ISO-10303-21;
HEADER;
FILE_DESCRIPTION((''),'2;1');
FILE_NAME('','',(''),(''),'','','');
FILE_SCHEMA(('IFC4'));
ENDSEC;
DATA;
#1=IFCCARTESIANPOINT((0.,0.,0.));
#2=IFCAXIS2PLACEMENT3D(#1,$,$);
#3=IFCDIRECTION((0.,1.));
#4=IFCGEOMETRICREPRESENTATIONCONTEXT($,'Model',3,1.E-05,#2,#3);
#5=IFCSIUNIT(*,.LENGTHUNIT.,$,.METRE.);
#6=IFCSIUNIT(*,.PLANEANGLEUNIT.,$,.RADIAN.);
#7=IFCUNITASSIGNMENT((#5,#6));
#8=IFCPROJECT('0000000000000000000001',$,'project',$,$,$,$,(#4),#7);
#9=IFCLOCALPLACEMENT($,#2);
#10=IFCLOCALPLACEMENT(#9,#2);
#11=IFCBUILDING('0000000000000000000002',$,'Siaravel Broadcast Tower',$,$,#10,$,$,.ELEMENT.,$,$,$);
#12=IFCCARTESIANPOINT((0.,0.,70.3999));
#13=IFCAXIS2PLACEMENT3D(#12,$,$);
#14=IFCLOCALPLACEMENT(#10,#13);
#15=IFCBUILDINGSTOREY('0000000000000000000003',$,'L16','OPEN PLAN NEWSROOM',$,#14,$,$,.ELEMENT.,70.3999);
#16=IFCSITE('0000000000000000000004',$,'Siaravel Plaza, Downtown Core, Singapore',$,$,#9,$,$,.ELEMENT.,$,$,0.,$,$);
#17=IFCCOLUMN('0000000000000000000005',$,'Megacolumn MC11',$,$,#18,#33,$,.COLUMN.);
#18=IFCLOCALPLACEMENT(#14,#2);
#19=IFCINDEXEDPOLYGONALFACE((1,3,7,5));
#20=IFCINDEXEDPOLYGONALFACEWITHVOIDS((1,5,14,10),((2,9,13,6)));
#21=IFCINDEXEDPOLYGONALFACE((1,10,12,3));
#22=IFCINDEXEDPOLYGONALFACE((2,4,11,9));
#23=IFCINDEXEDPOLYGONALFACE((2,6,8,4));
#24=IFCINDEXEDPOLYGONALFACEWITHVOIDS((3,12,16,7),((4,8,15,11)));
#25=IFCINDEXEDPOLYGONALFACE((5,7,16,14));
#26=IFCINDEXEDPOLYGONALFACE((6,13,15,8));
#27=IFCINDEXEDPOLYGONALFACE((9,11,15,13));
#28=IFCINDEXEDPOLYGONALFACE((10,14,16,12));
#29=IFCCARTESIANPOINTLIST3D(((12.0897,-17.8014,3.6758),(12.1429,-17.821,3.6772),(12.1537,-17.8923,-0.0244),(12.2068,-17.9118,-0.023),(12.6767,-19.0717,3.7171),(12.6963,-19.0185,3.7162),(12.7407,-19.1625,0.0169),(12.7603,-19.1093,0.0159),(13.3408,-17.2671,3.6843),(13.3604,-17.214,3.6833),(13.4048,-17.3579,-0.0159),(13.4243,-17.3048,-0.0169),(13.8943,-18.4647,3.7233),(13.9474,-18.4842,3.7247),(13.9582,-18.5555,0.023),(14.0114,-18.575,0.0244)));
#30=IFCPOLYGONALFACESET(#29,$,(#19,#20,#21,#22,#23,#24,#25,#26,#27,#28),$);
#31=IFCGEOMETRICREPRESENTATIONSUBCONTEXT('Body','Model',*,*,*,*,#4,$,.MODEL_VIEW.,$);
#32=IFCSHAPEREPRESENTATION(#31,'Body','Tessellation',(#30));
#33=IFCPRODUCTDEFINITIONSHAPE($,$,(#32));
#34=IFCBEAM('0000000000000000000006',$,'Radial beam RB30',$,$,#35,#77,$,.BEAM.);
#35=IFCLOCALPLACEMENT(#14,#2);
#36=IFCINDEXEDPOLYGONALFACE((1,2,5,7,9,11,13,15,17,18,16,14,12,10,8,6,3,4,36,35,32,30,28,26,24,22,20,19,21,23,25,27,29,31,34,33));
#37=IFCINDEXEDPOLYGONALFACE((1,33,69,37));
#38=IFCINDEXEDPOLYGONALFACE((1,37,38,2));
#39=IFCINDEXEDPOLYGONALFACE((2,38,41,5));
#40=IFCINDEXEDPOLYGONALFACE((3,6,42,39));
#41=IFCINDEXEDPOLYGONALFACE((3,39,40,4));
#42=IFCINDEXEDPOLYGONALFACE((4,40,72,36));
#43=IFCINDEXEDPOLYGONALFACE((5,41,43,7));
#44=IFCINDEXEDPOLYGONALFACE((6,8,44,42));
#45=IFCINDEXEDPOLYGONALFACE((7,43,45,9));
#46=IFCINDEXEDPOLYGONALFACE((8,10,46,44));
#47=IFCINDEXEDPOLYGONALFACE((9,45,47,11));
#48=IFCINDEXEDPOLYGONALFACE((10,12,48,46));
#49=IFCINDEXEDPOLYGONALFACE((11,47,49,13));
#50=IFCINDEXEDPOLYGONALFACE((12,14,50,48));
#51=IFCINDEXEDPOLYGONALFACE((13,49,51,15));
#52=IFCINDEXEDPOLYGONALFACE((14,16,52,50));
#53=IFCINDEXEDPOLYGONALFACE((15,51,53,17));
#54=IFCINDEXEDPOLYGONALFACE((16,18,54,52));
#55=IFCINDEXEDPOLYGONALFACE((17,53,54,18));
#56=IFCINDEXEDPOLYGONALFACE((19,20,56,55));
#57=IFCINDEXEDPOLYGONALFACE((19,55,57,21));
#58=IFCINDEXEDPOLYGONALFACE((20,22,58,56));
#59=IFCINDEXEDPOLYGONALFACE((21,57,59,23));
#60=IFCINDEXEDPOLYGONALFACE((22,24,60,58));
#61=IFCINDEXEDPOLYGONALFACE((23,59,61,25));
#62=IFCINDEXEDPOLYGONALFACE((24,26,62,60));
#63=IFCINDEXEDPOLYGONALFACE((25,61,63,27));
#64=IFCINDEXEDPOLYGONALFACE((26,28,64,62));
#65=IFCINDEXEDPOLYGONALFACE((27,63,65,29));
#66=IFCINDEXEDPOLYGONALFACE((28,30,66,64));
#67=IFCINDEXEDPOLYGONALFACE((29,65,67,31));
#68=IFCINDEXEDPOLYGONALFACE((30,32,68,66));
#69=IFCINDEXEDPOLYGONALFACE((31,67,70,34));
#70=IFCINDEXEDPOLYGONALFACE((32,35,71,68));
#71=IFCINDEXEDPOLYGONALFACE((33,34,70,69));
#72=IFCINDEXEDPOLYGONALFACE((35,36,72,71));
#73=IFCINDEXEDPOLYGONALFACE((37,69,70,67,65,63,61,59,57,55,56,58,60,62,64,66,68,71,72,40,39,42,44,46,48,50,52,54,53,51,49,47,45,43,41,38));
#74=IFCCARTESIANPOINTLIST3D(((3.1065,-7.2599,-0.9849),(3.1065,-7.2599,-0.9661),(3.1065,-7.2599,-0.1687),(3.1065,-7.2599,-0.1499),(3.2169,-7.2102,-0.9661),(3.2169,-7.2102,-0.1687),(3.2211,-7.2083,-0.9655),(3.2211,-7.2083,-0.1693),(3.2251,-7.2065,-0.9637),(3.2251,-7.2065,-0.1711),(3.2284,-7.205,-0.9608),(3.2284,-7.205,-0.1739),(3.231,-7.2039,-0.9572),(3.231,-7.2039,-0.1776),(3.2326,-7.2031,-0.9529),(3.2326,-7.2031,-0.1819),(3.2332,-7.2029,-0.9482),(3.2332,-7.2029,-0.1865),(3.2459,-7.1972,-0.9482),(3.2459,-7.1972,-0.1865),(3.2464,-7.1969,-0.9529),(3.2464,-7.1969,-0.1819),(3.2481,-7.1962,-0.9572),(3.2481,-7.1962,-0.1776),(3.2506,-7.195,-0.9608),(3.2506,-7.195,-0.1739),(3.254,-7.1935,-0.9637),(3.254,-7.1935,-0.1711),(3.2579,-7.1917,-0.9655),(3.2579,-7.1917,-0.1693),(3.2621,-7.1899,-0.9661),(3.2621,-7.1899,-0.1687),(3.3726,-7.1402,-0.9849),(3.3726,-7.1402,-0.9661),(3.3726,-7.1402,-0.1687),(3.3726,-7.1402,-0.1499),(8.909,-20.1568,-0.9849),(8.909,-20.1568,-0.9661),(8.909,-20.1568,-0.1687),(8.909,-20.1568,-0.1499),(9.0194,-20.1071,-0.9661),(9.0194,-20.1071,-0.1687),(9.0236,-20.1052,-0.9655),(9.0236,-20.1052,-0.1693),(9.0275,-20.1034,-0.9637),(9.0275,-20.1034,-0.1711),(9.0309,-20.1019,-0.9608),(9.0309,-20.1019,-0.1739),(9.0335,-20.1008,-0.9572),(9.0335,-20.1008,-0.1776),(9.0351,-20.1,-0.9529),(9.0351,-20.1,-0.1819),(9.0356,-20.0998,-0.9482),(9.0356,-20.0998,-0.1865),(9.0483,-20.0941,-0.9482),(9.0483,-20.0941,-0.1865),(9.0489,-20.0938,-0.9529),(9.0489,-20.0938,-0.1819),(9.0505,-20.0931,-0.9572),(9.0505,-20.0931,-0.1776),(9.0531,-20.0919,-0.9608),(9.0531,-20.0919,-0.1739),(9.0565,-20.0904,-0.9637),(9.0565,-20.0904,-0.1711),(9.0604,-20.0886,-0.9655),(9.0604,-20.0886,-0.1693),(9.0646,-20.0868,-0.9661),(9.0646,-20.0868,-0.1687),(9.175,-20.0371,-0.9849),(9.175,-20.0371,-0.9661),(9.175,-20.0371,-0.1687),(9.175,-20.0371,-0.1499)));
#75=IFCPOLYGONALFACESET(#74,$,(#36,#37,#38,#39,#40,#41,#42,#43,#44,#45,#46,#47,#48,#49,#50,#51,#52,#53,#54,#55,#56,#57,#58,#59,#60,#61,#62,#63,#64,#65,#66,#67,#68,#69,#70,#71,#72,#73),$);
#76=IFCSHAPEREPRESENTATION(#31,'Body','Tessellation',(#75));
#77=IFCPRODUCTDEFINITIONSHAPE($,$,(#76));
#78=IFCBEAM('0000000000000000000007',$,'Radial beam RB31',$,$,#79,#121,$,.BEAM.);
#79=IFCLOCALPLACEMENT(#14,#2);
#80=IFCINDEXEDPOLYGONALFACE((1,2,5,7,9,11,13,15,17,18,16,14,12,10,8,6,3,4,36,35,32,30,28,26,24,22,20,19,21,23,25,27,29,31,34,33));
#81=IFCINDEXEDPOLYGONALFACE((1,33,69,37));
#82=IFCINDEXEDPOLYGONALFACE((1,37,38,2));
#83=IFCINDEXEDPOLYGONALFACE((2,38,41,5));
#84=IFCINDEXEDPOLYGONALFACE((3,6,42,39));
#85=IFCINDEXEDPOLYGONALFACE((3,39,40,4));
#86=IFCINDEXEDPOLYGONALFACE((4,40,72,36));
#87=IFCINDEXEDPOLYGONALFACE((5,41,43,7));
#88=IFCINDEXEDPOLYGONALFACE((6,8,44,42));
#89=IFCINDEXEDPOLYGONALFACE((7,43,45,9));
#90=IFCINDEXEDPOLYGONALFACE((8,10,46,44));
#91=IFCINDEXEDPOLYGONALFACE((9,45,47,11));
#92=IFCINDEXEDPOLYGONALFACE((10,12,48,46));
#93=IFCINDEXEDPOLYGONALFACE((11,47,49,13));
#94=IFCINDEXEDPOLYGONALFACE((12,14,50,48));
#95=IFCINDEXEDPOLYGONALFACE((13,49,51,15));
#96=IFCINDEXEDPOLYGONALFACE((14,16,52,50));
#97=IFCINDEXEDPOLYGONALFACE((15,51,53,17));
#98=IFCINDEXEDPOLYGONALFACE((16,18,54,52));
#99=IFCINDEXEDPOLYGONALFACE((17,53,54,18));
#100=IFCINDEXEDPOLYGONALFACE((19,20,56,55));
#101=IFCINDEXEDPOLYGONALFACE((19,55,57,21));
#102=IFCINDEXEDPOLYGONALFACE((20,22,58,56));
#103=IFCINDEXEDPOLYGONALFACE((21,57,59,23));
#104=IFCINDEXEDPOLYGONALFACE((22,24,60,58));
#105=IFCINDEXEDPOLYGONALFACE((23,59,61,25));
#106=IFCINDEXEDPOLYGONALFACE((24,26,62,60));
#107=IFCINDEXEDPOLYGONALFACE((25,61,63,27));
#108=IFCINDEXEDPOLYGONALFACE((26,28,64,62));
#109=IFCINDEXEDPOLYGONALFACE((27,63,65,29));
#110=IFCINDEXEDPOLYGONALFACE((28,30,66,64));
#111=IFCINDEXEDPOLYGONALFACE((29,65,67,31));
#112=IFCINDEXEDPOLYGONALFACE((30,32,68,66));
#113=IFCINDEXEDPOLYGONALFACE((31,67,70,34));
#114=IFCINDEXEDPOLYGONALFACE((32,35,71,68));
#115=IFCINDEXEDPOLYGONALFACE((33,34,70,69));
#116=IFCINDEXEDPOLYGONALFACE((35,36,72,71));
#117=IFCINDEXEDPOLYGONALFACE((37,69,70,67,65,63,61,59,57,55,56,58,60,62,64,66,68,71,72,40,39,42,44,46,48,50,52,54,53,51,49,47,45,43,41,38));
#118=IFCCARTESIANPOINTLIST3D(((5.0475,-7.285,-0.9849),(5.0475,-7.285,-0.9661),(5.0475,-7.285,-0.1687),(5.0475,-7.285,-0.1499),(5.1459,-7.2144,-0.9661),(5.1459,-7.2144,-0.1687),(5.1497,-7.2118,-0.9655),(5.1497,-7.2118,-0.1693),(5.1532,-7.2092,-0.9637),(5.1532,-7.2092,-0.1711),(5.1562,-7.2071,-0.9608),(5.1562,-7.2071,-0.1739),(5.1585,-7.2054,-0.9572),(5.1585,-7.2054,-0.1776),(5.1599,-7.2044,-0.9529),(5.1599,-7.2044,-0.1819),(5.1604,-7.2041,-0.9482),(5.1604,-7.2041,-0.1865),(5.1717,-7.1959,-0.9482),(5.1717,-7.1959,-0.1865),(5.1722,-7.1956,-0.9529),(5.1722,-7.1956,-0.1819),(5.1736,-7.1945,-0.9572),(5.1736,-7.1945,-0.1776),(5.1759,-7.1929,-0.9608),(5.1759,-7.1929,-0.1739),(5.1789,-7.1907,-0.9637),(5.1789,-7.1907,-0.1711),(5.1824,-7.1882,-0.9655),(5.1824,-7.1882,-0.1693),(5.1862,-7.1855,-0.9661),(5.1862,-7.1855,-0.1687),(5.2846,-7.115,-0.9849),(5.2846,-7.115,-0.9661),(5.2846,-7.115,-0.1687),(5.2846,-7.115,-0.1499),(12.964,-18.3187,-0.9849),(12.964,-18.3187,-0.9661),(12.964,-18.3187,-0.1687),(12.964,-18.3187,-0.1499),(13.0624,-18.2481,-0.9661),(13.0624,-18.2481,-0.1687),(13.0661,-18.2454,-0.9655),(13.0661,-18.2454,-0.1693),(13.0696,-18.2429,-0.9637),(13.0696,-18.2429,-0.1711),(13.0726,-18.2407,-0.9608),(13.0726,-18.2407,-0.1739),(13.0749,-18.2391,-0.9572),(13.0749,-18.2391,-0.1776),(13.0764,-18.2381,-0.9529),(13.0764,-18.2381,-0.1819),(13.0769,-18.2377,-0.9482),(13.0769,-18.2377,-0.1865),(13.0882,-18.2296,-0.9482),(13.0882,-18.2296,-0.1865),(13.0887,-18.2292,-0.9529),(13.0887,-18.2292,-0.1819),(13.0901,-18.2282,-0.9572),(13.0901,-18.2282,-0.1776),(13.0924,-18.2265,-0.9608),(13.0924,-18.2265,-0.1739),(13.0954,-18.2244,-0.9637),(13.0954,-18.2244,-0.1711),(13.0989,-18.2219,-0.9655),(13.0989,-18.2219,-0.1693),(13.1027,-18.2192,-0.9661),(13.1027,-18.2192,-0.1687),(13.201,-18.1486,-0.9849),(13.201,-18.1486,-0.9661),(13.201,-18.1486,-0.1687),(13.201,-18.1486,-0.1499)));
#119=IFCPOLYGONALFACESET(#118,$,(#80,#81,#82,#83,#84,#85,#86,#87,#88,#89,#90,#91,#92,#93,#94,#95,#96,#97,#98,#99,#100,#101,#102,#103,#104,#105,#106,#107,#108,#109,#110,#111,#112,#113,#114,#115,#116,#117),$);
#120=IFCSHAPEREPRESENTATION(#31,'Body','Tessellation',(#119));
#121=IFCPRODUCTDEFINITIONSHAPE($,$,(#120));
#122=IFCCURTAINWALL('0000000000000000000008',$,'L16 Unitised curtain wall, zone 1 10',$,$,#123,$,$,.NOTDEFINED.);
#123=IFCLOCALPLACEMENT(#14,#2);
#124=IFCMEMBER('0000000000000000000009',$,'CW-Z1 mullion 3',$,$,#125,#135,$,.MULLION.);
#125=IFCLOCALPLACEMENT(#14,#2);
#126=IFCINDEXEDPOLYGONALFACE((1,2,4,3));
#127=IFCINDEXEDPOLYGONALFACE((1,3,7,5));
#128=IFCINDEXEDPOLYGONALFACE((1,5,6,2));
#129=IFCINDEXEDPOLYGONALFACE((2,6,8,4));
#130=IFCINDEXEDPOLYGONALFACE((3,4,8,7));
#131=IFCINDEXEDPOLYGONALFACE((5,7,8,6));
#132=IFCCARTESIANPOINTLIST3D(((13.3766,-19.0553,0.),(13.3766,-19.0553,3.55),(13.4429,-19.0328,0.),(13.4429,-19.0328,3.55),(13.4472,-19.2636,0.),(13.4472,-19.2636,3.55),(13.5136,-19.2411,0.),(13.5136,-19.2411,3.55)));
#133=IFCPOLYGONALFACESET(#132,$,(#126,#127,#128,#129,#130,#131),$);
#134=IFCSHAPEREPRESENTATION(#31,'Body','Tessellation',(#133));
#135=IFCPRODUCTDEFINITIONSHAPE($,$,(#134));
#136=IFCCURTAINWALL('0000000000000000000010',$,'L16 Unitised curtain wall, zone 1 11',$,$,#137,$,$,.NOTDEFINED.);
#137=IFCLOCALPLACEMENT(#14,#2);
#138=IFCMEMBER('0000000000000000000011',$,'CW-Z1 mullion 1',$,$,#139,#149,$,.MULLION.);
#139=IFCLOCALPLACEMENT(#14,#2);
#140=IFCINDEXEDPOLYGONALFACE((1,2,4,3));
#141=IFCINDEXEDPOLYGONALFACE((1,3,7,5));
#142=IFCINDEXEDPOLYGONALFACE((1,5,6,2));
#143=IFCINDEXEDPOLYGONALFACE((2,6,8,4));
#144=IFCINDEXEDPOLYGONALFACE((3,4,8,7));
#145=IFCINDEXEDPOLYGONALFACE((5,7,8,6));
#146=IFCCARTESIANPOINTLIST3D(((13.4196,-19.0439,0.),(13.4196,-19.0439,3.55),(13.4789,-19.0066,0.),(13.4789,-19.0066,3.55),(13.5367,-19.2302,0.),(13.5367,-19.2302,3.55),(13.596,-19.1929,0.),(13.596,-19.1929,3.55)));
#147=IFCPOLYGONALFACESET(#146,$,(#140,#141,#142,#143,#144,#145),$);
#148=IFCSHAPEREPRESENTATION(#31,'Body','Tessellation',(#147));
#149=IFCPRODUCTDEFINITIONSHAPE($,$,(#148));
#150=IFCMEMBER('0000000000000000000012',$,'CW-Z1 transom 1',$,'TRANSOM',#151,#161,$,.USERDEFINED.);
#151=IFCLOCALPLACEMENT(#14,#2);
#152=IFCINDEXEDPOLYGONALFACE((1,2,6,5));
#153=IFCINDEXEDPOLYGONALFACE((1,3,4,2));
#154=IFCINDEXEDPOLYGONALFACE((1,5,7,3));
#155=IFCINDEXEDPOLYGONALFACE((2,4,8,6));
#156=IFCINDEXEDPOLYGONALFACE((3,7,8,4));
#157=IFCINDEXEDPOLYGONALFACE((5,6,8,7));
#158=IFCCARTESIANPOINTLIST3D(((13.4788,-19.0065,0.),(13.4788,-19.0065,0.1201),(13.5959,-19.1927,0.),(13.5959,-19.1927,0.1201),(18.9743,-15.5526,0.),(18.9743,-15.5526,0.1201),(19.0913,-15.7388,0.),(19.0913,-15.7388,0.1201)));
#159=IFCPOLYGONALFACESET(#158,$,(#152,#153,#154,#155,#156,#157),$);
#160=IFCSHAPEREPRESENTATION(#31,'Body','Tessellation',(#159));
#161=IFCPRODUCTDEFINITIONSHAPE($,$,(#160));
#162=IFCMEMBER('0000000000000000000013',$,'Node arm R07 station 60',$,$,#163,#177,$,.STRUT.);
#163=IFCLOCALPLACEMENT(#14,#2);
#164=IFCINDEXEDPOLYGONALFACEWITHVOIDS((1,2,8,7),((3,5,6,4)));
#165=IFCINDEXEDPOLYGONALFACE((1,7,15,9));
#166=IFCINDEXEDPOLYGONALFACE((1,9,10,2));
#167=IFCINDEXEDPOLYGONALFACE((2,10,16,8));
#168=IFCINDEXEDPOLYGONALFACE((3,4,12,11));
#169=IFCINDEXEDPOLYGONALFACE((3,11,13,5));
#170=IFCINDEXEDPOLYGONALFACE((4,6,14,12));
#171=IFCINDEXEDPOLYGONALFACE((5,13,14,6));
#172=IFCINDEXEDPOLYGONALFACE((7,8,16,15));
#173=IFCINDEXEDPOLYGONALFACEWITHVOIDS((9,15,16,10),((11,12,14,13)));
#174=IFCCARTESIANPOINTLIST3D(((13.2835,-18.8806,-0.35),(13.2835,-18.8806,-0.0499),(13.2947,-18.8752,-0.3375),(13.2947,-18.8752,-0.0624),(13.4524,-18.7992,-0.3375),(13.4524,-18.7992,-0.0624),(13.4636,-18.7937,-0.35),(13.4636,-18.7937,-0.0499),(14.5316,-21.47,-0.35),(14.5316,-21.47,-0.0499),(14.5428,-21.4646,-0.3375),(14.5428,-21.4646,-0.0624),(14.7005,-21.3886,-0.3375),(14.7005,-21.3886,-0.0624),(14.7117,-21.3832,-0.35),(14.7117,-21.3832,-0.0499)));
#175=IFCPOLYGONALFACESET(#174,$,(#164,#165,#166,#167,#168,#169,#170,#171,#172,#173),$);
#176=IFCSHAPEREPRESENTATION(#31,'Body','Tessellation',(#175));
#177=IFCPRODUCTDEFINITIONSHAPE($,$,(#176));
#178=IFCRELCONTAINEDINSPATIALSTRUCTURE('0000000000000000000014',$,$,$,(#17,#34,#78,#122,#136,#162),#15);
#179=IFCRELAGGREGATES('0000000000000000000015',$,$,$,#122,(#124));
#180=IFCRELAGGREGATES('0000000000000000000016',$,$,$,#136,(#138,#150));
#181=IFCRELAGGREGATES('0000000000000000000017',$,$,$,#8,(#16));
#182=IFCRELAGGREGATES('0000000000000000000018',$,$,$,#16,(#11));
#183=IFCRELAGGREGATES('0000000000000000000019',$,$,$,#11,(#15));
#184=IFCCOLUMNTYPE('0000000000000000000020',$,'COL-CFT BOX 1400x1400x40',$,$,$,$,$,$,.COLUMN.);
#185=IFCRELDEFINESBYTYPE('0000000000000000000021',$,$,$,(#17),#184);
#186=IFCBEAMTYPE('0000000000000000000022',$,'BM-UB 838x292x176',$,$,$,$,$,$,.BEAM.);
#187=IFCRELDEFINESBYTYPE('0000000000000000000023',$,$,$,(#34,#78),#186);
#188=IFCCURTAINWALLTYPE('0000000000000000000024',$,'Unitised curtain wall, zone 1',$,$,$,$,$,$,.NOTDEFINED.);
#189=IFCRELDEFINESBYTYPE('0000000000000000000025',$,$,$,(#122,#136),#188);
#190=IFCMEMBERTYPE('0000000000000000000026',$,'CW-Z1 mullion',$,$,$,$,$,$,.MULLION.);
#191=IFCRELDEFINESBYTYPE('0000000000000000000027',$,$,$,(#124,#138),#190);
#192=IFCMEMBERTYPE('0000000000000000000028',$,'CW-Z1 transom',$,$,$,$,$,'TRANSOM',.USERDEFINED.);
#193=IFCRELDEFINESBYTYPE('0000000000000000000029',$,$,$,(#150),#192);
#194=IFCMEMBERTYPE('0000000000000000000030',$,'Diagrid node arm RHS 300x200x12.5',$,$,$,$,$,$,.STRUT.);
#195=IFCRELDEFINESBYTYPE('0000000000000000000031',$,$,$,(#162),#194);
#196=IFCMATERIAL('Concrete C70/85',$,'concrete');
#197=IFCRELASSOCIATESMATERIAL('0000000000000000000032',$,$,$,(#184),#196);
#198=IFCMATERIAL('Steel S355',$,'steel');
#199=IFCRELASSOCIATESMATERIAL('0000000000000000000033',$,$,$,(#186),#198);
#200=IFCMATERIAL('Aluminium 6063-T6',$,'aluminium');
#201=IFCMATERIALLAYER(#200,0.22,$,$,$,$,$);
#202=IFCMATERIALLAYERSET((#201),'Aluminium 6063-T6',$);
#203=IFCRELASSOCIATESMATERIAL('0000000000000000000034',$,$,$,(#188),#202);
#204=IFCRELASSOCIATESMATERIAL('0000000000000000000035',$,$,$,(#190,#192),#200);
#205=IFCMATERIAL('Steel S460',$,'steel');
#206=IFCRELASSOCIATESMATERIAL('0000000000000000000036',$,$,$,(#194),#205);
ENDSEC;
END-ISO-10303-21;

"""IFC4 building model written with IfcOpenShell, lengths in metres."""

from ifc_helpers import new_model, si_unit, direction, frame, origin, origin_2d, place, context, subcontext, project, spatial, rectangle, hollow_rectangle, i_section, extrude, material, layer, layer_set, material_profile, profile_set, type_object, element, aggregate, save


model = new_model("IFC4")

# Units and contexts
model_context = context("Model", 3, precision=1e-05, world=origin(), true_north=direction((0.0, 1.0)))
body_context = subcontext(model_context, "Body", "Model", "MODEL_VIEW")
ifc_project = project(units=[si_unit("LENGTHUNIT", "METRE"), si_unit("PLANEANGLEUNIT", "RADIAN")], contexts=[model_context])

# Site, building, storey
site_placement = place(None, origin())
site = spatial("IfcSite", under=ifc_project, at=site_placement, Name="Siaravel Plaza, Downtown Core, Singapore", CompositionType="ELEMENT", RefElevation=0.0)
building_placement = place(site_placement, origin())
building = spatial("IfcBuilding", under=site, at=building_placement, Name="Siaravel Broadcast Tower", CompositionType="ELEMENT")
storey_placement = place(building_placement, frame((0.0, 0.0, 70.3999)))
storey = spatial("IfcBuildingStorey", under=building, at=storey_placement, Name="L16", Description="OPEN PLAN NEWSROOM", CompositionType="ELEMENT", Elevation=70.3999)

# Column
ifc_material_1 = material(Name="Concrete C70/85", Category="concrete")
ifc_material_profile_1 = material_profile(ifc_material_1, hollow_rectangle(XDim=1.3999, YDim=1.3999, WallThickness=0.04, at=origin_2d()))
ifc_profile_set_1 = profile_set([ifc_material_profile_1], Name="Concrete C70/85")
column_type = type_object("IfcColumnType", Name="COL-CFT BOX 1400x1400x40", PredefinedType="COLUMN", material=ifc_profile_set_1)
column_placement = place(storey_placement, frame((13.0825, -18.2336, 0.0), z_axis=(-0.017279, 0.024534, 0.99955), x_axis=(-0.907672, -0.419646, -0.005391)))
element("IfcColumn", 1, at=column_placement, inside=storey, type_object=column_type, Name="Megacolumn MC11", PredefinedType="COLUMN", context=body_context, shape_type="SweptSolid", body=[
    extrude(hollow_rectangle(XDim=1.3999, YDim=1.3999, WallThickness=0.04, at=origin_2d()), origin(), (0.0, 0.0, 1.0), 3.7019),
])

# Beams
ifc_material_2 = material(Name="Steel S355", Category="steel")
ifc_material_profile_2 = material_profile(ifc_material_2, i_section(OverallWidth=0.2917, OverallDepth=0.835, WebThickness=0.0139, FlangeThickness=0.0188, FilletRadius=0.0178, at=origin_2d()))
ifc_profile_set_2 = profile_set([ifc_material_profile_2], Name="Steel S355")
beam_type = type_object("IfcBeamType", Name="BM-UB 838x292x176", PredefinedType="BEAM", material=ifc_profile_set_2)
beam_1_placement = place(storey_placement, frame((9.042, -20.0969, -0.5674), z_axis=(-0.410297, 0.911952, 0.0), x_axis=(-0.911952, -0.410297, 0.0)))
element("IfcBeam", 2, at=beam_1_placement, inside=storey, type_object=beam_type, Name="Radial beam RB30", PredefinedType="BEAM", context=body_context, shape_type="SweptSolid", body=[
    extrude(i_section(OverallWidth=0.2917, OverallDepth=0.835, WebThickness=0.0139, FlangeThickness=0.0188, FilletRadius=0.0178, at=origin_2d()), origin(), (0.0, 0.0, 1.0), 14.1421),
])
beam_2_placement = place(storey_placement, frame((13.0825, -18.2336, -0.5674), z_axis=(-0.582958, 0.812502, 0.0), x_axis=(-0.812502, -0.582958, 0.0)))
element("IfcBeam", 3, at=beam_2_placement, inside=storey, type_object=beam_type, Name="Radial beam RB31", PredefinedType="BEAM", context=body_context, shape_type="SweptSolid", body=[
    extrude(i_section(OverallWidth=0.2917, OverallDepth=0.835, WebThickness=0.0139, FlangeThickness=0.0188, FilletRadius=0.0178, at=origin_2d()), origin(), (0.0, 0.0, 1.0), 13.5798),
])

# Curtain wall, member
ifc_material_3 = material(Name="Aluminium 6063-T6", Category="aluminium")
ifc_layer_1 = layer(ifc_material_3, 0.22)
ifc_layer_set_1 = layer_set([ifc_layer_1], Name="Aluminium 6063-T6")
curtain_wall_type = type_object("IfcCurtainWallType", Name="Unitised curtain wall, zone 1", PredefinedType="NOTDEFINED", material=ifc_layer_set_1)
curtain_wall_1_placement = place(storey_placement, origin())
curtain_wall_1 = element("IfcCurtainWall", 4, at=curtain_wall_1_placement, inside=storey, type_object=curtain_wall_type, Name="L16 Unitised curtain wall, zone 1 10", PredefinedType="NOTDEFINED")
ifc_material_profile_3 = material_profile(ifc_material_3, rectangle(XDim=0.22, YDim=0.0701, at=origin_2d()))
ifc_profile_set_3 = profile_set([ifc_material_profile_3], Name="Aluminium 6063-T6")
member_type_1 = type_object("IfcMemberType", Name="CW-Z1 mullion", PredefinedType="MULLION", material=ifc_profile_set_3)
member_1_placement = place(storey_placement, frame((13.4451, -19.1482, 0.0), z_axis=(0.0, 0.0, 1.0), x_axis=(-0.321301, 0.946977, 0.0)))
member_1 = element("IfcMember", 5, at=member_1_placement, type_object=member_type_1, Name="CW-Z1 mullion 3", PredefinedType="MULLION", context=body_context, shape_type="SweptSolid", body=[
    extrude(rectangle(XDim=0.22, YDim=0.0701, at=origin_2d()), origin(), (0.0, 0.0, 1.0), 3.55),
])
aggregate(curtain_wall_1, [member_1])

# Curtain wall, members
curtain_wall_2_placement = place(storey_placement, origin())
curtain_wall_2 = element("IfcCurtainWall", 6, at=curtain_wall_2_placement, inside=storey, type_object=curtain_wall_type, Name="L16 Unitised curtain wall, zone 1 11", PredefinedType="NOTDEFINED")
member_2_placement = place(storey_placement, frame((13.5078, -19.1184, 0.0), z_axis=(0.0, 0.0, 1.0), x_axis=(-0.53215, 0.84665, 0.0)))
member_2 = element("IfcMember", 7, at=member_2_placement, type_object=member_type_1, Name="CW-Z1 mullion 1", PredefinedType="MULLION", context=body_context, shape_type="SweptSolid", body=[
    extrude(rectangle(XDim=0.22, YDim=0.0701, at=origin_2d()), origin(), (0.0, 0.0, 1.0), 3.55),
])
ifc_material_profile_4 = material_profile(ifc_material_3, rectangle(XDim=0.22, YDim=0.1201, at=origin_2d()))
ifc_profile_set_4 = profile_set([ifc_material_profile_4], Name="Aluminium 6063-T6")
member_type_2 = type_object("IfcMemberType", Name="CW-Z1 transom", ElementType="TRANSOM", PredefinedType="USERDEFINED", material=ifc_profile_set_4)
member_3_placement = place(storey_placement, frame((13.5374, -19.0996, 0.0601), z_axis=(0.846662, 0.532131, 0.0), x_axis=(-0.532131, 0.846662, 0.0)))
member_3 = element("IfcMember", 8, at=member_3_placement, type_object=member_type_2, Name="CW-Z1 transom 1", ObjectType="TRANSOM", PredefinedType="USERDEFINED", context=body_context, shape_type="SweptSolid", body=[
    extrude(rectangle(XDim=0.22, YDim=0.1201, at=origin_2d()), origin(), (0.0, 0.0, 1.0), 6.4907),
])
aggregate(curtain_wall_2, [member_2, member_3])

# Member
ifc_material_4 = material(Name="Steel S460", Category="steel")
ifc_material_profile_5 = material_profile(ifc_material_4, hollow_rectangle(XDim=0.2, YDim=0.3, WallThickness=0.0125, at=origin_2d()))
ifc_profile_set_5 = profile_set([ifc_material_profile_5], Name="Steel S460")
member_type_3 = type_object("IfcMemberType", Name="Diagrid node arm RHS 300x200x12.5", PredefinedType="STRUT", material=ifc_profile_set_5)
member_4_placement = place(storey_placement, frame((13.3735, -18.8372, -0.2), z_axis=(0.434188, -0.900822, 0.0), x_axis=(0.900822, 0.434188, 0.0)))
element("IfcMember", 9, at=member_4_placement, inside=storey, type_object=member_type_3, Name="Node arm R07 station 60", PredefinedType="STRUT", context=body_context, shape_type="SweptSolid", body=[
    extrude(hollow_rectangle(XDim=0.2, YDim=0.3, WallThickness=0.0125, at=origin_2d()), origin(), (0.0, 0.0, 1.0), 2.8745),
])

save(model, "model.ifc")
